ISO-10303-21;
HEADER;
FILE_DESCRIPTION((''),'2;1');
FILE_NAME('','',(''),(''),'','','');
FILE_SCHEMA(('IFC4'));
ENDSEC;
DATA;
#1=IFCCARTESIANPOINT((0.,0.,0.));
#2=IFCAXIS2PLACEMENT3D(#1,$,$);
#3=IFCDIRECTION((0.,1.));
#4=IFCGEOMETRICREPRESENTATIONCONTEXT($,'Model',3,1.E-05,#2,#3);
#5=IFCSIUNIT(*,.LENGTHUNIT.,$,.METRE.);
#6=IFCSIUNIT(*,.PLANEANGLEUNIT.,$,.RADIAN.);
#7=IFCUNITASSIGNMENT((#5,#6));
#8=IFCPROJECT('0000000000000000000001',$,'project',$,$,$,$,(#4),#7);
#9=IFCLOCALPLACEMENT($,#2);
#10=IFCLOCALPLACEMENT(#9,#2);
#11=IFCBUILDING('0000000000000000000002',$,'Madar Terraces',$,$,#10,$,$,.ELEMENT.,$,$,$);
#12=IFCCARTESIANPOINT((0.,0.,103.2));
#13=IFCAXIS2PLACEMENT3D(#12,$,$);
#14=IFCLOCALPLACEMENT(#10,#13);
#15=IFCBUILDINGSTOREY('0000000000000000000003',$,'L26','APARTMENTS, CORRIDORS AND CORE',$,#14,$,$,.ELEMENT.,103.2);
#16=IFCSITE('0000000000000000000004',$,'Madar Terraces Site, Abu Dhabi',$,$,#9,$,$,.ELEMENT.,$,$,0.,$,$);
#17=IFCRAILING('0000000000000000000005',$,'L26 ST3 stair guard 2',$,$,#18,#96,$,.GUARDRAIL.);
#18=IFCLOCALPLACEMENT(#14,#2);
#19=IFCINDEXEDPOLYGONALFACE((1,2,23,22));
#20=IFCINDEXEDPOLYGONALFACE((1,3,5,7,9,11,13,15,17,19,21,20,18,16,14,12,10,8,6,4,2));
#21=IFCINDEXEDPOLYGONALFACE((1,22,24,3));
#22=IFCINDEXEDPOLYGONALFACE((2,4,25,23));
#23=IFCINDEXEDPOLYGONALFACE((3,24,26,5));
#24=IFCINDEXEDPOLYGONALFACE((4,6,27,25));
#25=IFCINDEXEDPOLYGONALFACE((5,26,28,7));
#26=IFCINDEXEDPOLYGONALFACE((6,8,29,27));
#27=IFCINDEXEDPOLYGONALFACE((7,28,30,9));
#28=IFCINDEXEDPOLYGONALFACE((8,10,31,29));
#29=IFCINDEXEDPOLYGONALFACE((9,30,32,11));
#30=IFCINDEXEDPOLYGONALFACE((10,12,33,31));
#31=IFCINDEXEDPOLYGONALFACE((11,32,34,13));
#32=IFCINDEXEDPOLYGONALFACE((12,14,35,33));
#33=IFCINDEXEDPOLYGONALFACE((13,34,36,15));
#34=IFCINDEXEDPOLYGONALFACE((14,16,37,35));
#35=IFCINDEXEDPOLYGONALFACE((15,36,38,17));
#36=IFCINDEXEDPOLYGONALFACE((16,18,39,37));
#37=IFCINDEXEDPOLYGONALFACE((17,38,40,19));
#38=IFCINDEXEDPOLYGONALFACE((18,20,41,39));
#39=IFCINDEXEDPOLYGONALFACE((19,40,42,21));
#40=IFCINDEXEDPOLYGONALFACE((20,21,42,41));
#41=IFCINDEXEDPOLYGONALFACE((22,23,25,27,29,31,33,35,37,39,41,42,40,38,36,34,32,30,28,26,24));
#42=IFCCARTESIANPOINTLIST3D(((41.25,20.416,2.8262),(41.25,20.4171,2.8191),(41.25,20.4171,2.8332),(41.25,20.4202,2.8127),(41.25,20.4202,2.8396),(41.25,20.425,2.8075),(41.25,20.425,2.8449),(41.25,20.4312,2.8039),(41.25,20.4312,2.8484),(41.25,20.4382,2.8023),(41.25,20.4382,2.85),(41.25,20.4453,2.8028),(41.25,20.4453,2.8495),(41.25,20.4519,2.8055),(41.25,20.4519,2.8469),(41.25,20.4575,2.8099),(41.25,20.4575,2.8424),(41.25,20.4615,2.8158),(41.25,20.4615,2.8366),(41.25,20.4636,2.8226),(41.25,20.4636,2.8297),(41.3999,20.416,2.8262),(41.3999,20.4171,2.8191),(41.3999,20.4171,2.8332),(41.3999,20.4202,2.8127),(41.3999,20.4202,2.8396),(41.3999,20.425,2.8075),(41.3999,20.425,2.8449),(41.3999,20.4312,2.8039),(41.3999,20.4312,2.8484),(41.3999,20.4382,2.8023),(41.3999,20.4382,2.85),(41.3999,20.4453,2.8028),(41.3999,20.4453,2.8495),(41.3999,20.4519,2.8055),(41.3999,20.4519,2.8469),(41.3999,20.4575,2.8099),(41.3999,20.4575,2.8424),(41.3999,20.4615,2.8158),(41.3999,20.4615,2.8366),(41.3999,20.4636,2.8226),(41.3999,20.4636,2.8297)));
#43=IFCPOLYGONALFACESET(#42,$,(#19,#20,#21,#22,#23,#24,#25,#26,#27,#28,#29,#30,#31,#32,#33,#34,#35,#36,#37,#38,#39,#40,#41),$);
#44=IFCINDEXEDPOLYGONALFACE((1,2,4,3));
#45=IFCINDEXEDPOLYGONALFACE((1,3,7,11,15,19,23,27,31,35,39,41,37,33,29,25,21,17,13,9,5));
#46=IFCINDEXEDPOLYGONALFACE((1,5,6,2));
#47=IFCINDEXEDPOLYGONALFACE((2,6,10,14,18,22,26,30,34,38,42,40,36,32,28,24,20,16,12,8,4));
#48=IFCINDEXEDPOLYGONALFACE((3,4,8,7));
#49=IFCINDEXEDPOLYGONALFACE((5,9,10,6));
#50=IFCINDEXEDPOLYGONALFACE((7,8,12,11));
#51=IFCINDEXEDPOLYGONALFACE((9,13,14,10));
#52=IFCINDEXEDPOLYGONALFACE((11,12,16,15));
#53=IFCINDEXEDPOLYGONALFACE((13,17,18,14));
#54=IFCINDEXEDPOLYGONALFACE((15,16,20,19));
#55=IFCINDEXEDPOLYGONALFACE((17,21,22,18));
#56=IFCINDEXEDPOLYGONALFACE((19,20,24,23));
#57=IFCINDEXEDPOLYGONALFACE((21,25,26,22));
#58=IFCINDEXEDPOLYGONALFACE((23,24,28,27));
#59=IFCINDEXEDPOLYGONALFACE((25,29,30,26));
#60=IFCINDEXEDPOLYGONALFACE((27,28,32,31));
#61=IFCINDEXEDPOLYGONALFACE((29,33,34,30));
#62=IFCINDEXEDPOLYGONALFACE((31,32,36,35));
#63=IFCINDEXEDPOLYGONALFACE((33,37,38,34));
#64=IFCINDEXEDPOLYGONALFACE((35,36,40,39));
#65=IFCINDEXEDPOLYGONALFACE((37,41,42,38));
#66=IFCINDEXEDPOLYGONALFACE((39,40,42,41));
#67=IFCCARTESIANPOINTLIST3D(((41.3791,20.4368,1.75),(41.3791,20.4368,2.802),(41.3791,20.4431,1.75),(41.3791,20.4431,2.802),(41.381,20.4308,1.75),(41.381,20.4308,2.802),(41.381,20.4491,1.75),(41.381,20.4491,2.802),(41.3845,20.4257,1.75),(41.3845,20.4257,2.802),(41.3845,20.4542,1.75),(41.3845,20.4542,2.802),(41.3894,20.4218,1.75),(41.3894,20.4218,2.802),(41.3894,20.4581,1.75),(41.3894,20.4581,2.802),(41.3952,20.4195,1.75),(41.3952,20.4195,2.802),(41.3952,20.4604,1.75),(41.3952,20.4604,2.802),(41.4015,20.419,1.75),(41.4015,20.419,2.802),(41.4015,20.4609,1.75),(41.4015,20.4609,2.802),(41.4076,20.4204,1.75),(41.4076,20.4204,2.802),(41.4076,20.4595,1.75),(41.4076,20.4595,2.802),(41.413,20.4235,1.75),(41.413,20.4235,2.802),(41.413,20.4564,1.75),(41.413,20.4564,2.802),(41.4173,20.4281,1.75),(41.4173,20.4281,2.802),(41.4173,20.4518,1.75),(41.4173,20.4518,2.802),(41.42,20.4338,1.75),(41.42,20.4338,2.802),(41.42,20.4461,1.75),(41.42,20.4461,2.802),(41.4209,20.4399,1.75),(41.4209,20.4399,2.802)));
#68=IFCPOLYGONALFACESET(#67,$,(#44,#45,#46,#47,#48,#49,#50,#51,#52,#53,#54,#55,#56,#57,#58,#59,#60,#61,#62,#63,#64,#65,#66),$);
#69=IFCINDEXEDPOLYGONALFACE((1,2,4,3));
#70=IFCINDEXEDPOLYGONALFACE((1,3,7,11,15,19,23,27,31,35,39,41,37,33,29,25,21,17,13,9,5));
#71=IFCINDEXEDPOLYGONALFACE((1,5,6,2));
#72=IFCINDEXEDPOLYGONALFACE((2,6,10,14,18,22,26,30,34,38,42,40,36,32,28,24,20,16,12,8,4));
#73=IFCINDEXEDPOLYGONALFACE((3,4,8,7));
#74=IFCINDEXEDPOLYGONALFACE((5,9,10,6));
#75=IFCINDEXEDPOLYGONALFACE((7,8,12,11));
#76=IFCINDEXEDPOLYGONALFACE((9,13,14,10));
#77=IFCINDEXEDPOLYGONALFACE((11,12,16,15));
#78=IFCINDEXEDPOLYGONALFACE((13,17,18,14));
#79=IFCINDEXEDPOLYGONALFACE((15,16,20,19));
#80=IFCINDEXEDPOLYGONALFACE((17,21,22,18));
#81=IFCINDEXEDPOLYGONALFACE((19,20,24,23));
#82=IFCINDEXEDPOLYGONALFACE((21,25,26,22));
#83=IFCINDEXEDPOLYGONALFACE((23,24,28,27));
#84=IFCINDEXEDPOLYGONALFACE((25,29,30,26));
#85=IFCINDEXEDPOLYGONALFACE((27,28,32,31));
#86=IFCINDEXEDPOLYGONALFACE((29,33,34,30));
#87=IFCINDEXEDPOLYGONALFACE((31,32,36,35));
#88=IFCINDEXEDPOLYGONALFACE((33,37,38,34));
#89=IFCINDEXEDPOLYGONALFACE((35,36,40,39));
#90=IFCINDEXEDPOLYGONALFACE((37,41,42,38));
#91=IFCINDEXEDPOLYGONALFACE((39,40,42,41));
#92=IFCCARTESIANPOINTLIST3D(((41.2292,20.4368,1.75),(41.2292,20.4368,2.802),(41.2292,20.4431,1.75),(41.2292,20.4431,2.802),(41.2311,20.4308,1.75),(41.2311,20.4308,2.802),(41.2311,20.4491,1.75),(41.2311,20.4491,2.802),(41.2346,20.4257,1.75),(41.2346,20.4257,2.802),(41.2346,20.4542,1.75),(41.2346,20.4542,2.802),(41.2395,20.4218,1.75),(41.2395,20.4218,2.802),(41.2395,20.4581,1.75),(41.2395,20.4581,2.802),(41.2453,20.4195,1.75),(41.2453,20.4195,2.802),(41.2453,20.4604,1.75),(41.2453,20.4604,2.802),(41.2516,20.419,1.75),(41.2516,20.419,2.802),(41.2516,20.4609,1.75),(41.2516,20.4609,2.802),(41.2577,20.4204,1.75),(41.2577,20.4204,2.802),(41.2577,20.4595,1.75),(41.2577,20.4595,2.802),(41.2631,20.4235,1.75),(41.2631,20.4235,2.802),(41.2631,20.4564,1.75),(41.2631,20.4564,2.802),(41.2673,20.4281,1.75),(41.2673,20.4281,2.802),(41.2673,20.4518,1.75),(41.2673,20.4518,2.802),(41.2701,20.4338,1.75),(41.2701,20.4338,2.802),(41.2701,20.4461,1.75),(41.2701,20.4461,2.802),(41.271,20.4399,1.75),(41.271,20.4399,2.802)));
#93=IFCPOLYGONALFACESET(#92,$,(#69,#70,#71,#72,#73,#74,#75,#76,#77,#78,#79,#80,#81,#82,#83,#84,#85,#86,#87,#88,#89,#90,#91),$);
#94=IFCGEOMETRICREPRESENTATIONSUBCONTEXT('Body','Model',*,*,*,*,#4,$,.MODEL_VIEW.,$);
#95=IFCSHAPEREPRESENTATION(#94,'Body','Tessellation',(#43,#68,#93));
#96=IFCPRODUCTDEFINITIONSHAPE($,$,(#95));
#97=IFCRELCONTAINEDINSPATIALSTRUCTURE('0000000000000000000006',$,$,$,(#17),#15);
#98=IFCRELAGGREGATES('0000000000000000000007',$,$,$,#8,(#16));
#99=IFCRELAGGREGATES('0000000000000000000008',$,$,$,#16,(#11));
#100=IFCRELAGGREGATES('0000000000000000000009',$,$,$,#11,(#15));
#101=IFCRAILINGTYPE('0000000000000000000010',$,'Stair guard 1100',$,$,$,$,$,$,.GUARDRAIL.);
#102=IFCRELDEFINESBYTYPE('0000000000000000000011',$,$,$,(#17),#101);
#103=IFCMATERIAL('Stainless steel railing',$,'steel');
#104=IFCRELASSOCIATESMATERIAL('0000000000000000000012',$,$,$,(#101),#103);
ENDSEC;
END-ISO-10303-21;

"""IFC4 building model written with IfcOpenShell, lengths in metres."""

from ifc_helpers import new_model, si_unit, direction, frame, origin, origin_2d, place, context, subcontext, project, spatial, circle, extrude, material, type_object, element, save


model = new_model("IFC4")

# Units and contexts
model_context = context("Model", 3, precision=1e-05, world=origin(), true_north=direction((0.0, 1.0)))
body_context = subcontext(model_context, "Body", "Model", "MODEL_VIEW")
ifc_project = project(units=[si_unit("LENGTHUNIT", "METRE"), si_unit("PLANEANGLEUNIT", "RADIAN")], contexts=[model_context])

# Site, building, storey
site_placement = place(None, origin())
site = spatial("IfcSite", under=ifc_project, at=site_placement, Name="Madar Terraces Site, Abu Dhabi", CompositionType="ELEMENT", RefElevation=0.0)
building_placement = place(site_placement, origin())
building = spatial("IfcBuilding", under=site, at=building_placement, Name="Madar Terraces", CompositionType="ELEMENT")
storey_placement = place(building_placement, frame((0.0, 0.0, 103.2)))
storey = spatial("IfcBuildingStorey", under=building, at=storey_placement, Name="L26", Description="APARTMENTS, CORRIDORS AND CORE", CompositionType="ELEMENT", Elevation=103.2)

# Railing
ifc_material_1 = material(Name="Stainless steel railing", Category="steel")
railing_type_1 = type_object("IfcRailingType", Name="Stair guard 1100", PredefinedType="GUARDRAIL", material=ifc_material_1)
railing_1_placement = place(storey_placement, frame((41.3999, 20.4399, 1.75)))
element("IfcRailing", 1, at=railing_1_placement, inside=storey, type_object=railing_type_1, Name="L26 ST3 stair guard 2", PredefinedType="GUARDRAIL", context=body_context, shape_type="SweptSolid", body=[
    extrude(circle(Radius=0.0239, at=origin_2d()), frame((0.0, 0.0, 1.0762), z_axis=(-1.0, 0.0, 0.0), x_axis=(0.0, -1.0, 0.0)), (0.0, 0.0, 1.0), 0.1499),
    extrude(circle(Radius=0.021, at=origin_2d()), origin(), (0.0, 0.0, 1.0), 1.052),
    extrude(circle(Radius=0.021, at=origin_2d()), frame((-0.1499, 0.0, 0.0)), (0.0, 0.0, 1.0), 1.052),
])

save(model, "model.ifc")
